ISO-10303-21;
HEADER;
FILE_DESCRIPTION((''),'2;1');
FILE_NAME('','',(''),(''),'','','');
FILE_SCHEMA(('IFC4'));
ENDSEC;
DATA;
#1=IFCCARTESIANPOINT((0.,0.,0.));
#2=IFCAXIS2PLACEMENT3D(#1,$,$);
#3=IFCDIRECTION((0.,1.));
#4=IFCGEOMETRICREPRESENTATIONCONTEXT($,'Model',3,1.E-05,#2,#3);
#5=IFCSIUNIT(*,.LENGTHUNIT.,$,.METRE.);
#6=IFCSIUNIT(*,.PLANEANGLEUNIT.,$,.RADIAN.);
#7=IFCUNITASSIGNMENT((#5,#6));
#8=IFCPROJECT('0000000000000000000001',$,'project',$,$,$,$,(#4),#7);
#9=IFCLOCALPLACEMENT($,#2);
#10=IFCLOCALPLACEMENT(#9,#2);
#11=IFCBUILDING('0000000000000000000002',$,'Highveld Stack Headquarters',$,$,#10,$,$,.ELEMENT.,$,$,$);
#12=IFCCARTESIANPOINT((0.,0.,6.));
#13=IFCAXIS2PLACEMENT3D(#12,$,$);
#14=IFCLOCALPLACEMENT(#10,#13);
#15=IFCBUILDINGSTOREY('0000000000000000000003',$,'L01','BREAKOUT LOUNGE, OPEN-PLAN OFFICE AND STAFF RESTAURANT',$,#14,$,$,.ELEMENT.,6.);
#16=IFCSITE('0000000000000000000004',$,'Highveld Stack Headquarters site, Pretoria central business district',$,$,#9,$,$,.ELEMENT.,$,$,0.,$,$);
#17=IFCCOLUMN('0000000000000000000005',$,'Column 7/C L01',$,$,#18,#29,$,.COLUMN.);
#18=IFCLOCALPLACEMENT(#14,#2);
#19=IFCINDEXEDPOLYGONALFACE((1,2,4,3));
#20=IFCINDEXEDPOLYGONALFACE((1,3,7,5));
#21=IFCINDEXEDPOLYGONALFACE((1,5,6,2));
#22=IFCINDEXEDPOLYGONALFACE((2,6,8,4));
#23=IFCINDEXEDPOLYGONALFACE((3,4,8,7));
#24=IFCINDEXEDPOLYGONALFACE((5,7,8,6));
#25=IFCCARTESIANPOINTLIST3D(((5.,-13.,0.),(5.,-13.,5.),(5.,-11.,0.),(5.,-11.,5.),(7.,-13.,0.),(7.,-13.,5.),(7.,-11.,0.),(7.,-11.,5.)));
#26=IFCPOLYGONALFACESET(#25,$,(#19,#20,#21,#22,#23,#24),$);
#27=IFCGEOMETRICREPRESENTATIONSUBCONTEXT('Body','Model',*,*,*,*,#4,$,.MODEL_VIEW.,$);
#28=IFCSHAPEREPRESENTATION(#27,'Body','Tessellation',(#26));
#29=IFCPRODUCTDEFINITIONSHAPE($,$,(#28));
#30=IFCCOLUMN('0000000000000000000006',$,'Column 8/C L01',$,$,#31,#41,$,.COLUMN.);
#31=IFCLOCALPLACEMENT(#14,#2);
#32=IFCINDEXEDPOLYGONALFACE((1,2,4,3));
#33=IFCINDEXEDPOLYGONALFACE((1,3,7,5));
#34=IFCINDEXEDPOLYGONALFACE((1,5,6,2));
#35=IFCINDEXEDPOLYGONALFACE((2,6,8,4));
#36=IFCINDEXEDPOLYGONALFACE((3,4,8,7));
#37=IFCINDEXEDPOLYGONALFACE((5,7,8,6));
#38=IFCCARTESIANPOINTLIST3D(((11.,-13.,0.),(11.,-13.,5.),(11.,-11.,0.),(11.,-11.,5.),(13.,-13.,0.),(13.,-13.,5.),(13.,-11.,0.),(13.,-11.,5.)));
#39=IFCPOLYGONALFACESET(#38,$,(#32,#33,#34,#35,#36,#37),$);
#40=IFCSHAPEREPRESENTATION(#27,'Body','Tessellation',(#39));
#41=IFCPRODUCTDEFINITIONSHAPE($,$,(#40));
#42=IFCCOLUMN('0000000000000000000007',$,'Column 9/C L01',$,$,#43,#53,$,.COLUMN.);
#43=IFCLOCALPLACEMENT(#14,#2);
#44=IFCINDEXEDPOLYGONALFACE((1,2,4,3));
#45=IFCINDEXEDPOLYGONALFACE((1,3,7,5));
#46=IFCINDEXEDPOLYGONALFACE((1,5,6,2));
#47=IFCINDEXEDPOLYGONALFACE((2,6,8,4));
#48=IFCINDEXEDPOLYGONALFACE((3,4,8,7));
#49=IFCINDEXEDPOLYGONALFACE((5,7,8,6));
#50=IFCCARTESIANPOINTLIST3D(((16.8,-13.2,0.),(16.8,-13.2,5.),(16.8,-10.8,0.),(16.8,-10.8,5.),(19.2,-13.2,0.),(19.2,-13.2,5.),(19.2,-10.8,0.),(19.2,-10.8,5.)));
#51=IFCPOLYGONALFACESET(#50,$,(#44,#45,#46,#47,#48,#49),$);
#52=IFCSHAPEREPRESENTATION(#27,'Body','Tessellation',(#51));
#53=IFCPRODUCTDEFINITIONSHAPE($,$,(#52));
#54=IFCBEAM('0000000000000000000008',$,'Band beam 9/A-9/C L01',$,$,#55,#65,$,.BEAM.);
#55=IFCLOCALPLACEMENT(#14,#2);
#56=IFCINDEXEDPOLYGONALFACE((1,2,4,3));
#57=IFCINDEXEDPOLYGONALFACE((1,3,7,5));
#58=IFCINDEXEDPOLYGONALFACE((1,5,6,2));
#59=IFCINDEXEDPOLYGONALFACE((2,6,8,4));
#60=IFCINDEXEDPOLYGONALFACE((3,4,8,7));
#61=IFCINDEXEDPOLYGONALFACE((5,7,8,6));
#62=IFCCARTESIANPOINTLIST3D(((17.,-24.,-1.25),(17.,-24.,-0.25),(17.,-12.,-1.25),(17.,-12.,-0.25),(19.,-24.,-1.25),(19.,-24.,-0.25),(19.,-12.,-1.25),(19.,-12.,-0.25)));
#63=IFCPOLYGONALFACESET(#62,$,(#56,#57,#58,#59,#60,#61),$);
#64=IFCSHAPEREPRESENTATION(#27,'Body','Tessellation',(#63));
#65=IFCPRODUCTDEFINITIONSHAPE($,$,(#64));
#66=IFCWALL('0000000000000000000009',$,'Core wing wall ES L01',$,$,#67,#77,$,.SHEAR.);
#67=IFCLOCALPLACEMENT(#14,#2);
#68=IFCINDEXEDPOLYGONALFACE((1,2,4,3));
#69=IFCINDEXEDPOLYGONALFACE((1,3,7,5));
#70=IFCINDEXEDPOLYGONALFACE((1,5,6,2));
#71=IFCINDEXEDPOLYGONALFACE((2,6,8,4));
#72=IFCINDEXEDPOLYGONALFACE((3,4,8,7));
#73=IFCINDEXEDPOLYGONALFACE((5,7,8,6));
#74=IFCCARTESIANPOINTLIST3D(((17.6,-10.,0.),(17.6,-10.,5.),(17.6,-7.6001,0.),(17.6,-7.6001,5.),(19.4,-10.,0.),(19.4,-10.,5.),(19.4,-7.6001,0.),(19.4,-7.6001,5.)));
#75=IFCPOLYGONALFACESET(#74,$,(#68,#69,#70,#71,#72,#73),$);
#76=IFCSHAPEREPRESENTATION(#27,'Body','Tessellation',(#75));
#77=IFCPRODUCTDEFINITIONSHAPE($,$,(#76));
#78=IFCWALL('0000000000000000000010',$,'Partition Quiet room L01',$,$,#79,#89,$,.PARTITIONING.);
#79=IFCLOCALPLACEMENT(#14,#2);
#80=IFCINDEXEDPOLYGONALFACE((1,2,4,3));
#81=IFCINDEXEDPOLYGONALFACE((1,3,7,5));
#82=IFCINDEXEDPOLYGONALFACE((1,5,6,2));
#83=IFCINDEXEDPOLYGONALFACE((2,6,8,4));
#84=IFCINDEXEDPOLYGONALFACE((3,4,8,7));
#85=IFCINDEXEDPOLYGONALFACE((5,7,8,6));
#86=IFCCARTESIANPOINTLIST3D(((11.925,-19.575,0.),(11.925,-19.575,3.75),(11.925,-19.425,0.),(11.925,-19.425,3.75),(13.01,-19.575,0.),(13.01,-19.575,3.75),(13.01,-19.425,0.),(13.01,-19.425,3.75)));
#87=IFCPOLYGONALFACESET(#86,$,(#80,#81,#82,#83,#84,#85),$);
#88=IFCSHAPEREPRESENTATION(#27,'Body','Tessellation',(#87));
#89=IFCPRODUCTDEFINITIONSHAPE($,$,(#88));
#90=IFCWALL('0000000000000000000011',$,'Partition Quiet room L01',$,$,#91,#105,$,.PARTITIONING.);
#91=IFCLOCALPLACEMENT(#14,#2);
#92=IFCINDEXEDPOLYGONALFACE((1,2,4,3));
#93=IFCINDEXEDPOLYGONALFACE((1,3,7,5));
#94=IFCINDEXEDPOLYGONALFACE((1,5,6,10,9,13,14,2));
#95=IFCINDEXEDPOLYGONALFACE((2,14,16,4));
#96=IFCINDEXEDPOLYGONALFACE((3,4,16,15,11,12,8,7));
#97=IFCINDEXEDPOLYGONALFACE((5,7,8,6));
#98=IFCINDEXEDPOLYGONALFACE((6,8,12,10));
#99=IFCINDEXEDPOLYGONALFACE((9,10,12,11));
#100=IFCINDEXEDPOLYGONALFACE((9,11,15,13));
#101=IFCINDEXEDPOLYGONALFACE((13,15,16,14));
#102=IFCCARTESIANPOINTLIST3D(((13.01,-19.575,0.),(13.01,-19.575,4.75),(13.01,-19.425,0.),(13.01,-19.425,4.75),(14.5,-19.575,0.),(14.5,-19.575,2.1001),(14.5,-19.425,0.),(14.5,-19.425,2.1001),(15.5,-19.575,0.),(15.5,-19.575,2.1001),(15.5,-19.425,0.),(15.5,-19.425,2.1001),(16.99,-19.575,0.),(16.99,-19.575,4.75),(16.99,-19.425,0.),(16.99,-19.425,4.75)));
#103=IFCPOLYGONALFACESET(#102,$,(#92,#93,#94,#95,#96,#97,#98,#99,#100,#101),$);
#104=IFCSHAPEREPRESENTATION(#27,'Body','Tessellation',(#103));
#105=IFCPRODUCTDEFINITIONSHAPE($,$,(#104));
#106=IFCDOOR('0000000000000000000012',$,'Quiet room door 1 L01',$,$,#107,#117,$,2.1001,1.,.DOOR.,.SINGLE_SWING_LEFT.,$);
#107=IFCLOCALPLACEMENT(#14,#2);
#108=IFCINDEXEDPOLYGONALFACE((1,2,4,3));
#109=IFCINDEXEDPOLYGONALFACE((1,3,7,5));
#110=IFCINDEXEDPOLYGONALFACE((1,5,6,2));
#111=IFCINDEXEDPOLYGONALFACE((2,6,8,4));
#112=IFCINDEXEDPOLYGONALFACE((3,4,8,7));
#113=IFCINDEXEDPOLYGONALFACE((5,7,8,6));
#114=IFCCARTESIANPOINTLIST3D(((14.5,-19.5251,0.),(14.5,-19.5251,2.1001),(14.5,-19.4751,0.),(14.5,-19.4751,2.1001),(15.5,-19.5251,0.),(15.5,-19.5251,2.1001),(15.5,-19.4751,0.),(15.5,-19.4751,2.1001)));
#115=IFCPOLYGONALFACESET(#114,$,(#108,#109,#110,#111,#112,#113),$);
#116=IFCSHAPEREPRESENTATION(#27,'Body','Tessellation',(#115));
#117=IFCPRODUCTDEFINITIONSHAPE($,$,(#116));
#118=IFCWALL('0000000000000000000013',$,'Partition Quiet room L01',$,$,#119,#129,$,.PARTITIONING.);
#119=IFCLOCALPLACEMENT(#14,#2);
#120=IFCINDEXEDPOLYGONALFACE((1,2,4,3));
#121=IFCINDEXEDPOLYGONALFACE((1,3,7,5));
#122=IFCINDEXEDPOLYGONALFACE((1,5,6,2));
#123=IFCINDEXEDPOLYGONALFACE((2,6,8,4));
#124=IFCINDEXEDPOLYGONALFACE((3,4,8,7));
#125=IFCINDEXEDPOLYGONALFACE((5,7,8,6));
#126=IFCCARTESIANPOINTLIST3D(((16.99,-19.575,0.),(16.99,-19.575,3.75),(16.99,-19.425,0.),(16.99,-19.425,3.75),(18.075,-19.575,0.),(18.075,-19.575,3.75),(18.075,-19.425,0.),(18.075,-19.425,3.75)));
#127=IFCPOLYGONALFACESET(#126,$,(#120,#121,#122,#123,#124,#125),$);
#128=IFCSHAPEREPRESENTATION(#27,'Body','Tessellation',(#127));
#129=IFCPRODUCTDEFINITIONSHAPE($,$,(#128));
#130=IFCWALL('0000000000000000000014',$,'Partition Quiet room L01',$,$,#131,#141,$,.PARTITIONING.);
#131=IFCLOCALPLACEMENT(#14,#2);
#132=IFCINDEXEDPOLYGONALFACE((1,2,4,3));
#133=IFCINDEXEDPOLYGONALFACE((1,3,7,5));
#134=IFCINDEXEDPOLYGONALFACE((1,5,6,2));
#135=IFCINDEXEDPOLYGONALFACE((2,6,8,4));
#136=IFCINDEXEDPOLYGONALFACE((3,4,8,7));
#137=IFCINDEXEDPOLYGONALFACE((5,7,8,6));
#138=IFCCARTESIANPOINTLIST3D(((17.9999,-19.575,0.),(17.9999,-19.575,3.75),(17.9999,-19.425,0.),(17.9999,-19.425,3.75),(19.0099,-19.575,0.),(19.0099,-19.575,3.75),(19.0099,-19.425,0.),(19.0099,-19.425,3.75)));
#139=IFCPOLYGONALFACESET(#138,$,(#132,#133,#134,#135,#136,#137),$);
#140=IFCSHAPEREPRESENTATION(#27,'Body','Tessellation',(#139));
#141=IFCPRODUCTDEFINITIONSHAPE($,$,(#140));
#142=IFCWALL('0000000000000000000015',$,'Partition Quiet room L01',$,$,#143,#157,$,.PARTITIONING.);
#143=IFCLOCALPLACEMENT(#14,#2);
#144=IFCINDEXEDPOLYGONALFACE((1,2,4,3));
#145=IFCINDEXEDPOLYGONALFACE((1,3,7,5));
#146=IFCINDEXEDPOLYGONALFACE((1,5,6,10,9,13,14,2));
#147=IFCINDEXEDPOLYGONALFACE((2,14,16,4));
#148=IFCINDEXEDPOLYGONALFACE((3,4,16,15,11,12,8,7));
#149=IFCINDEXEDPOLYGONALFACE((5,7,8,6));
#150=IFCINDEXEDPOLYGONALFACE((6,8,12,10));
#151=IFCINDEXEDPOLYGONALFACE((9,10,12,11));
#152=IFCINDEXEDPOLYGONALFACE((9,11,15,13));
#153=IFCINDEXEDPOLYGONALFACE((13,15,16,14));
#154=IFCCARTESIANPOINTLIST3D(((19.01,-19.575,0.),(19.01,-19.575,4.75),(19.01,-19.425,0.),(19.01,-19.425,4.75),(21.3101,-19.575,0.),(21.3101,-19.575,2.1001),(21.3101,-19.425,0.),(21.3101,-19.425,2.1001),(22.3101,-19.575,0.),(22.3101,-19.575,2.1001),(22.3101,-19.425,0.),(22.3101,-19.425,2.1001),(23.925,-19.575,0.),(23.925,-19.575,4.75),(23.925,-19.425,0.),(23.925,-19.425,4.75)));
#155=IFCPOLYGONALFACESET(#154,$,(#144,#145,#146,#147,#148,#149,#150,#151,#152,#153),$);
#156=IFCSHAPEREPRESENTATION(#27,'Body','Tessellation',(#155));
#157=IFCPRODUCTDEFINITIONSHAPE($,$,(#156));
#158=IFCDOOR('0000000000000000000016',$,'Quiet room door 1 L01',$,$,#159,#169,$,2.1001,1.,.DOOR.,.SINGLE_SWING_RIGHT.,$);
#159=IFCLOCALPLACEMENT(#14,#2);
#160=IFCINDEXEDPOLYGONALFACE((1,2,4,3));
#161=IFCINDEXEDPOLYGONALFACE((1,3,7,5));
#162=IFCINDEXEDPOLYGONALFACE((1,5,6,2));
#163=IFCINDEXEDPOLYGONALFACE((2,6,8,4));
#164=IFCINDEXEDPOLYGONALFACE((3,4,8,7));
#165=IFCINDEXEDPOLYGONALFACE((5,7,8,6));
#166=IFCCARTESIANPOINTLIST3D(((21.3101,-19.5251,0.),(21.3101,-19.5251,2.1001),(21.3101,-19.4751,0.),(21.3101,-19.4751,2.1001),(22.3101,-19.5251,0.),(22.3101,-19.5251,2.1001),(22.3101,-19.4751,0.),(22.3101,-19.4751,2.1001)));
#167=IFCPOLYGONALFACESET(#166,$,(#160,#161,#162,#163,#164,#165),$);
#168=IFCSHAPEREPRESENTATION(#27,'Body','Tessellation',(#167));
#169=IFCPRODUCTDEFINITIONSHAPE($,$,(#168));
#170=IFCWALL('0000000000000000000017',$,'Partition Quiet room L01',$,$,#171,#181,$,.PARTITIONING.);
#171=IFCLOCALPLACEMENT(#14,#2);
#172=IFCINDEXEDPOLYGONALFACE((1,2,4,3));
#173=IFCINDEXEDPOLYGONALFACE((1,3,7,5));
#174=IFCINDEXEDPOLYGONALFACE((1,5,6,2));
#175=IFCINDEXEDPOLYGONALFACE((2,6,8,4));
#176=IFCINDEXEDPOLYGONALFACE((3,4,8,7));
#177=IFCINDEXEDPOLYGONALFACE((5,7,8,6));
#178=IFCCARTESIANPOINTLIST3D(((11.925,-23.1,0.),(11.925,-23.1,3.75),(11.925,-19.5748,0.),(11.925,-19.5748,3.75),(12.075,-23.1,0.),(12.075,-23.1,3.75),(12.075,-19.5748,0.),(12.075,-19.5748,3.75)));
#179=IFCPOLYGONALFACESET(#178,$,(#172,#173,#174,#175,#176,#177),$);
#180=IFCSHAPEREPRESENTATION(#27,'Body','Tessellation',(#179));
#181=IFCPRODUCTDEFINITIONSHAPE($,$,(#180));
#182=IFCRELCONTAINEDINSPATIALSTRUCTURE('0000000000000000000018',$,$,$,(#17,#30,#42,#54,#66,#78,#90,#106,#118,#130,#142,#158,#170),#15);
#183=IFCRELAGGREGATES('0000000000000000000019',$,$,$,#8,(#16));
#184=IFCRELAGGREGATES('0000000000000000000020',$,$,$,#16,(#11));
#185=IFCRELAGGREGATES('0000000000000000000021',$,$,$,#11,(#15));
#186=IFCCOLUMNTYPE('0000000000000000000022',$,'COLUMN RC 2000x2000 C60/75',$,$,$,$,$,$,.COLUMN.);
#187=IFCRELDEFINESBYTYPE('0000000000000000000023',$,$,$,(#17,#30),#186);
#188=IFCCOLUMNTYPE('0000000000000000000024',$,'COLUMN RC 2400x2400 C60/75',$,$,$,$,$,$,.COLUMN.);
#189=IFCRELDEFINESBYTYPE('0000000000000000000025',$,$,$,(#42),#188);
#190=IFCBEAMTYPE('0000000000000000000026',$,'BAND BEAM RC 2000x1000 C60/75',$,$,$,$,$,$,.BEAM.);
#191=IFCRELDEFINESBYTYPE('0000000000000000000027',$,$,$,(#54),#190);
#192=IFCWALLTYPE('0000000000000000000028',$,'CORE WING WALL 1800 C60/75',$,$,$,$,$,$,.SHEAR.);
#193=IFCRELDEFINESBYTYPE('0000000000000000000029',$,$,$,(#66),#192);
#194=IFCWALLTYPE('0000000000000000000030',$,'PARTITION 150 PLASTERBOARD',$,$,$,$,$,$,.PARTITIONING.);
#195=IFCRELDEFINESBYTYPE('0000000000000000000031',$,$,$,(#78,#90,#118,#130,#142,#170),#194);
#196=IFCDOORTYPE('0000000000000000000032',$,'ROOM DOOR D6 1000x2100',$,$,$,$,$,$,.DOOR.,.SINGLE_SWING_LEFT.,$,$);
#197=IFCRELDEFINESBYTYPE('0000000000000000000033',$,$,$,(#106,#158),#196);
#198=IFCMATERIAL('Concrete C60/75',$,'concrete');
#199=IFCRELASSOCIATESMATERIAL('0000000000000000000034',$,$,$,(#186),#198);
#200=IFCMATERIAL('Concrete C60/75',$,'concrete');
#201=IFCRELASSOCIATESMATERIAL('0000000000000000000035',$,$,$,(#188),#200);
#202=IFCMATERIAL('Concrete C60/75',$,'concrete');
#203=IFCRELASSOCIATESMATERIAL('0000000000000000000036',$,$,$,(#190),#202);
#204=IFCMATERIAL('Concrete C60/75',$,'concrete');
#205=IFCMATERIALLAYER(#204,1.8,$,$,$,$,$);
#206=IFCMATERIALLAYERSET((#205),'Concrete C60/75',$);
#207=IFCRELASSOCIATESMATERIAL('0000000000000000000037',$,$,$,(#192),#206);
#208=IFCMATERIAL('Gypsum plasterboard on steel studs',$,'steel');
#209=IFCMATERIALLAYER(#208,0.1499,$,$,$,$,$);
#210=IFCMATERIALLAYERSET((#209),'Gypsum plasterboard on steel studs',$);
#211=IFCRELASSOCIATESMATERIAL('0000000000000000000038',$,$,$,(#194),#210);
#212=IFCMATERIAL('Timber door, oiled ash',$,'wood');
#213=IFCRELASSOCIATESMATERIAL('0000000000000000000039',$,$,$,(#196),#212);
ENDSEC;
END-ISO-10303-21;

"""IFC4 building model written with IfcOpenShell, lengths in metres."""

from ifc_helpers import new_model, si_unit, direction, frame, frame_2d, origin, origin_2d, place, context, subcontext, project, spatial, rectangle, extrude, material, layer, layer_set, material_profile, profile_set, type_object, element, fill, save


model = new_model("IFC4")

# Units and contexts
model_context = context("Model", 3, precision=1e-05, world=origin(), true_north=direction((0.0, 1.0)))
body_context = subcontext(model_context, "Body", "Model", "MODEL_VIEW")
ifc_project = project(units=[si_unit("LENGTHUNIT", "METRE"), si_unit("PLANEANGLEUNIT", "RADIAN")], contexts=[model_context])

# Site, building, storey
site_placement = place(None, origin())
site = spatial("IfcSite", under=ifc_project, at=site_placement, Name="Highveld Stack Headquarters site, Pretoria central business district", CompositionType="ELEMENT", RefElevation=0.0)
building_placement = place(site_placement, origin())
building = spatial("IfcBuilding", under=site, at=building_placement, Name="Highveld Stack Headquarters", CompositionType="ELEMENT")
storey_placement = place(building_placement, frame((0.0, 0.0, 6.0)))
storey = spatial("IfcBuildingStorey", under=building, at=storey_placement, Name="L01", Description="BREAKOUT LOUNGE, OPEN-PLAN OFFICE AND STAFF RESTAURANT", CompositionType="ELEMENT", Elevation=6.0)

# Columns
ifc_material_1 = material(Name="Concrete C60/75", Category="concrete")
ifc_material_profile_1 = material_profile(ifc_material_1, rectangle(XDim=2.0, YDim=2.0, at=origin_2d()), Name="RC 2000x2000")
ifc_profile_set_1 = profile_set([ifc_material_profile_1], Name="Concrete C60/75")
column_type_1 = type_object("IfcColumnType", Name="COLUMN RC 2000x2000 C60/75", PredefinedType="COLUMN", material=ifc_profile_set_1)
for number, where, z_axis, x_axis, name in (
    (1, (6.0, -12.0, 0.0), (0.0, 0.0, 1.0), (1.0, 0.0, 0.0), "Column 7/C L01"),
    (2, (12.0, -12.0, 0.0), (0.0, 0.0, 1.0), (1.0, 0.0, 0.0), "Column 8/C L01"),
):
    element("IfcColumn", number, at=place(storey_placement, frame(where, z_axis=z_axis, x_axis=x_axis)), inside=storey, type_object=column_type_1, Name=name, PredefinedType="COLUMN", context=body_context, shape_type="SweptSolid", body=[
        extrude(rectangle(XDim=2.0, YDim=2.0, at=origin_2d()), origin(), (0.0, 0.0, 1.0), 5.0),
    ])
ifc_material_2 = material(Name="Concrete C60/75", Category="concrete")
ifc_material_profile_2 = material_profile(ifc_material_2, rectangle(XDim=2.3999, YDim=2.3999, at=origin_2d()), Name="RC 2400x2400")
ifc_profile_set_2 = profile_set([ifc_material_profile_2], Name="Concrete C60/75")
column_type_2 = type_object("IfcColumnType", Name="COLUMN RC 2400x2400 C60/75", PredefinedType="COLUMN", material=ifc_profile_set_2)
column_placement = place(storey_placement, frame((18.0, -12.0, 0.0), z_axis=(0.0, 0.0, 1.0), x_axis=(1.0, 0.0, 0.0)))
element("IfcColumn", 3, at=column_placement, inside=storey, type_object=column_type_2, Name="Column 9/C L01", PredefinedType="COLUMN", context=body_context, shape_type="SweptSolid", body=[
    extrude(rectangle(XDim=2.3999, YDim=2.3999, at=origin_2d()), origin(), (0.0, 0.0, 1.0), 5.0),
])

# Beam
ifc_material_3 = material(Name="Concrete C60/75", Category="concrete")
ifc_material_profile_3 = material_profile(ifc_material_3, rectangle(XDim=2.0, YDim=1.0, at=origin_2d()), Name="RC 2000x1000")
ifc_profile_set_3 = profile_set([ifc_material_profile_3], Name="Concrete C60/75")
beam_type = type_object("IfcBeamType", Name="BAND BEAM RC 2000x1000 C60/75", PredefinedType="BEAM", material=ifc_profile_set_3)
beam_placement = place(storey_placement, frame((18.0, -24.0, -0.75), z_axis=(0.0, 1.0, 0.0), x_axis=(-1.0, 0.0, 0.0)))
element("IfcBeam", 4, at=beam_placement, inside=storey, type_object=beam_type, Name="Band beam 9/A-9/C L01", PredefinedType="BEAM", context=body_context, shape_type="SweptSolid", body=[
    extrude(rectangle(XDim=2.0, YDim=1.0, at=origin_2d()), origin(), (0.0, 0.0, 1.0), 12.0),
])

# Walls
ifc_material_4 = material(Name="Concrete C60/75", Category="concrete")
ifc_layer_1 = layer(ifc_material_4, 1.8)
ifc_layer_set_1 = layer_set([ifc_layer_1], Name="Concrete C60/75")
wall_type_1 = type_object("IfcWallType", Name="CORE WING WALL 1800 C60/75", PredefinedType="SHEAR", material=ifc_layer_set_1)
wall_1_placement = place(storey_placement, frame((18.5, -10.0, 0.0), z_axis=(0.0, 0.0, 1.0), x_axis=(0.0, 1.0, 0.0)))
element("IfcWall", 5, at=wall_1_placement, inside=storey, type_object=wall_type_1, Name="Core wing wall ES L01", PredefinedType="SHEAR", context=body_context, shape_type="SweptSolid", body=[
    extrude(rectangle(XDim=2.3999, YDim=1.8, at=frame_2d((1.2, 0.0))), origin(), (0.0, 0.0, 1.0), 5.0),
])
ifc_material_5 = material(Name="Gypsum plasterboard on steel studs", Category="steel")
ifc_layer_2 = layer(ifc_material_5, 0.1499)
ifc_layer_set_2 = layer_set([ifc_layer_2], Name="Gypsum plasterboard on steel studs")
wall_type_2 = type_object("IfcWallType", Name="PARTITION 150 PLASTERBOARD", PredefinedType="PARTITIONING", material=ifc_layer_set_2)
wall_2_placement = place(storey_placement, frame((11.925, -19.5, 0.0), z_axis=(0.0, 0.0, 1.0), x_axis=(1.0, 0.0, 0.0)))
element("IfcWall", 6, at=wall_2_placement, inside=storey, type_object=wall_type_2, Name="Partition Quiet room L01", PredefinedType="PARTITIONING", context=body_context, shape_type="SweptSolid", body=[
    extrude(rectangle(XDim=1.085, YDim=0.1499, at=frame_2d((0.5425, 0.0))), origin(), (0.0, 0.0, 1.0), 3.75),
])

# Wall, opening, door
wall_3_placement = place(storey_placement, frame((13.01, -19.5, 0.0), z_axis=(0.0, 0.0, 1.0), x_axis=(1.0, 0.0, 0.0)))
wall_3 = element("IfcWall", 7, at=wall_3_placement, inside=storey, type_object=wall_type_2, Name="Partition Quiet room L01", PredefinedType="PARTITIONING", context=body_context, shape_type="SweptSolid", body=[
    extrude(rectangle(XDim=3.98, YDim=0.1499, at=frame_2d((1.99, 0.0))), origin(), (0.0, 0.0, 1.0), 4.75),
])
opening_1_placement = place(wall_3_placement, frame((1.49, 0.0, 0.0)))
opening_1 = element("IfcOpeningElement", 8, at=opening_1_placement, cuts=wall_3, PredefinedType="OPENING", context=body_context, shape_type="SweptSolid", body=[
    extrude(rectangle(XDim=1.0, YDim=2.1001, at=frame_2d((0.5, 1.05))), frame((0.0, 0.085, 0.0), z_axis=(0.0, -1.0, 0.0), x_axis=(1.0, 0.0, 0.0)), (0.0, 0.0, 1.0), 0.1699),
])
ifc_material_6 = material(Name="Timber door, oiled ash", Category="wood")
door_type_1 = type_object("IfcDoorType", Name="ROOM DOOR D6 1000x2100", OperationType="SINGLE_SWING_LEFT", PredefinedType="DOOR", material=ifc_material_6)
door_1_placement = place(opening_1_placement, origin())
door_1 = element("IfcDoor", 9, at=door_1_placement, inside=storey, type_object=door_type_1, Name="Quiet room door 1 L01", OperationType="SINGLE_SWING_LEFT", OverallHeight=2.1001, OverallWidth=1.0, PredefinedType="DOOR", context=body_context, shape_type="SweptSolid", body=[
    extrude(rectangle(XDim=1.0, YDim=2.1001, at=frame_2d((0.5, 1.05))), frame((0.0, 0.0249, 0.0), z_axis=(0.0, -1.0, 0.0), x_axis=(1.0, 0.0, 0.0)), (0.0, 0.0, 1.0), 0.05),
])
fill(opening_1, door_1)

# Walls
wall_4_placement = place(storey_placement, frame((16.99, -19.5, 0.0), z_axis=(0.0, 0.0, 1.0), x_axis=(1.0, 0.0, 0.0)))
element("IfcWall", 10, at=wall_4_placement, inside=storey, type_object=wall_type_2, Name="Partition Quiet room L01", PredefinedType="PARTITIONING", context=body_context, shape_type="SweptSolid", body=[
    extrude(rectangle(XDim=1.085, YDim=0.1499, at=frame_2d((0.5425, 0.0))), origin(), (0.0, 0.0, 1.0), 3.75),
])
wall_5_placement = place(storey_placement, frame((18.0, -19.5, 0.0), z_axis=(0.0, 0.0, 1.0), x_axis=(1.0, 0.0, 0.0)))
element("IfcWall", 11, at=wall_5_placement, inside=storey, type_object=wall_type_2, Name="Partition Quiet room L01", PredefinedType="PARTITIONING", context=body_context, shape_type="SweptSolid", body=[
    extrude(rectangle(XDim=1.01, YDim=0.1499, at=frame_2d((0.5049, 0.0))), origin(), (0.0, 0.0, 1.0), 3.75),
])

# Wall, opening, door
wall_6_placement = place(storey_placement, frame((19.01, -19.5, 0.0), z_axis=(0.0, 0.0, 1.0), x_axis=(1.0, 0.0, 0.0)))
wall_6 = element("IfcWall", 12, at=wall_6_placement, inside=storey, type_object=wall_type_2, Name="Partition Quiet room L01", PredefinedType="PARTITIONING", context=body_context, shape_type="SweptSolid", body=[
    extrude(rectangle(XDim=4.915, YDim=0.1499, at=frame_2d((2.4575, 0.0))), origin(), (0.0, 0.0, 1.0), 4.75),
])
opening_2_placement = place(wall_6_placement, frame((2.3, 0.0, 0.0)))
opening_2 = element("IfcOpeningElement", 13, at=opening_2_placement, cuts=wall_6, PredefinedType="OPENING", context=body_context, shape_type="SweptSolid", body=[
    extrude(rectangle(XDim=1.0, YDim=2.1001, at=frame_2d((0.5, 1.05))), frame((0.0, 0.085, 0.0), z_axis=(0.0, -1.0, 0.0), x_axis=(1.0, 0.0, 0.0)), (0.0, 0.0, 1.0), 0.1699),
])
door_2_placement = place(opening_2_placement, origin())
door_2 = element("IfcDoor", 14, at=door_2_placement, inside=storey, type_object=door_type_1, Name="Quiet room door 1 L01", OperationType="SINGLE_SWING_RIGHT", OverallHeight=2.1001, OverallWidth=1.0, PredefinedType="DOOR", context=body_context, shape_type="SweptSolid", body=[
    extrude(rectangle(XDim=1.0, YDim=2.1001, at=frame_2d((0.5, 1.05))), frame((0.0, 0.0249, 0.0), z_axis=(0.0, -1.0, 0.0), x_axis=(1.0, 0.0, 0.0)), (0.0, 0.0, 1.0), 0.05),
])
fill(opening_2, door_2)

# Wall
for number, where, z_axis, x_axis, name in (
    (15, (12.0, -23.1001, 0.0), (0.0, 0.0, 1.0), (0.0, 1.0, 0.0), "Partition Quiet room L01"),
):
    element("IfcWall", number, at=place(storey_placement, frame(where, z_axis=z_axis, x_axis=x_axis)), inside=storey, type_object=wall_type_2, Name=name, PredefinedType="PARTITIONING", context=body_context, shape_type="SweptSolid", body=[
        extrude(rectangle(XDim=3.5251, YDim=0.1499, at=frame_2d((1.7627, 0.0))), origin(), (0.0, 0.0, 1.0), 3.75),
    ])

save(model, "model.ifc")
